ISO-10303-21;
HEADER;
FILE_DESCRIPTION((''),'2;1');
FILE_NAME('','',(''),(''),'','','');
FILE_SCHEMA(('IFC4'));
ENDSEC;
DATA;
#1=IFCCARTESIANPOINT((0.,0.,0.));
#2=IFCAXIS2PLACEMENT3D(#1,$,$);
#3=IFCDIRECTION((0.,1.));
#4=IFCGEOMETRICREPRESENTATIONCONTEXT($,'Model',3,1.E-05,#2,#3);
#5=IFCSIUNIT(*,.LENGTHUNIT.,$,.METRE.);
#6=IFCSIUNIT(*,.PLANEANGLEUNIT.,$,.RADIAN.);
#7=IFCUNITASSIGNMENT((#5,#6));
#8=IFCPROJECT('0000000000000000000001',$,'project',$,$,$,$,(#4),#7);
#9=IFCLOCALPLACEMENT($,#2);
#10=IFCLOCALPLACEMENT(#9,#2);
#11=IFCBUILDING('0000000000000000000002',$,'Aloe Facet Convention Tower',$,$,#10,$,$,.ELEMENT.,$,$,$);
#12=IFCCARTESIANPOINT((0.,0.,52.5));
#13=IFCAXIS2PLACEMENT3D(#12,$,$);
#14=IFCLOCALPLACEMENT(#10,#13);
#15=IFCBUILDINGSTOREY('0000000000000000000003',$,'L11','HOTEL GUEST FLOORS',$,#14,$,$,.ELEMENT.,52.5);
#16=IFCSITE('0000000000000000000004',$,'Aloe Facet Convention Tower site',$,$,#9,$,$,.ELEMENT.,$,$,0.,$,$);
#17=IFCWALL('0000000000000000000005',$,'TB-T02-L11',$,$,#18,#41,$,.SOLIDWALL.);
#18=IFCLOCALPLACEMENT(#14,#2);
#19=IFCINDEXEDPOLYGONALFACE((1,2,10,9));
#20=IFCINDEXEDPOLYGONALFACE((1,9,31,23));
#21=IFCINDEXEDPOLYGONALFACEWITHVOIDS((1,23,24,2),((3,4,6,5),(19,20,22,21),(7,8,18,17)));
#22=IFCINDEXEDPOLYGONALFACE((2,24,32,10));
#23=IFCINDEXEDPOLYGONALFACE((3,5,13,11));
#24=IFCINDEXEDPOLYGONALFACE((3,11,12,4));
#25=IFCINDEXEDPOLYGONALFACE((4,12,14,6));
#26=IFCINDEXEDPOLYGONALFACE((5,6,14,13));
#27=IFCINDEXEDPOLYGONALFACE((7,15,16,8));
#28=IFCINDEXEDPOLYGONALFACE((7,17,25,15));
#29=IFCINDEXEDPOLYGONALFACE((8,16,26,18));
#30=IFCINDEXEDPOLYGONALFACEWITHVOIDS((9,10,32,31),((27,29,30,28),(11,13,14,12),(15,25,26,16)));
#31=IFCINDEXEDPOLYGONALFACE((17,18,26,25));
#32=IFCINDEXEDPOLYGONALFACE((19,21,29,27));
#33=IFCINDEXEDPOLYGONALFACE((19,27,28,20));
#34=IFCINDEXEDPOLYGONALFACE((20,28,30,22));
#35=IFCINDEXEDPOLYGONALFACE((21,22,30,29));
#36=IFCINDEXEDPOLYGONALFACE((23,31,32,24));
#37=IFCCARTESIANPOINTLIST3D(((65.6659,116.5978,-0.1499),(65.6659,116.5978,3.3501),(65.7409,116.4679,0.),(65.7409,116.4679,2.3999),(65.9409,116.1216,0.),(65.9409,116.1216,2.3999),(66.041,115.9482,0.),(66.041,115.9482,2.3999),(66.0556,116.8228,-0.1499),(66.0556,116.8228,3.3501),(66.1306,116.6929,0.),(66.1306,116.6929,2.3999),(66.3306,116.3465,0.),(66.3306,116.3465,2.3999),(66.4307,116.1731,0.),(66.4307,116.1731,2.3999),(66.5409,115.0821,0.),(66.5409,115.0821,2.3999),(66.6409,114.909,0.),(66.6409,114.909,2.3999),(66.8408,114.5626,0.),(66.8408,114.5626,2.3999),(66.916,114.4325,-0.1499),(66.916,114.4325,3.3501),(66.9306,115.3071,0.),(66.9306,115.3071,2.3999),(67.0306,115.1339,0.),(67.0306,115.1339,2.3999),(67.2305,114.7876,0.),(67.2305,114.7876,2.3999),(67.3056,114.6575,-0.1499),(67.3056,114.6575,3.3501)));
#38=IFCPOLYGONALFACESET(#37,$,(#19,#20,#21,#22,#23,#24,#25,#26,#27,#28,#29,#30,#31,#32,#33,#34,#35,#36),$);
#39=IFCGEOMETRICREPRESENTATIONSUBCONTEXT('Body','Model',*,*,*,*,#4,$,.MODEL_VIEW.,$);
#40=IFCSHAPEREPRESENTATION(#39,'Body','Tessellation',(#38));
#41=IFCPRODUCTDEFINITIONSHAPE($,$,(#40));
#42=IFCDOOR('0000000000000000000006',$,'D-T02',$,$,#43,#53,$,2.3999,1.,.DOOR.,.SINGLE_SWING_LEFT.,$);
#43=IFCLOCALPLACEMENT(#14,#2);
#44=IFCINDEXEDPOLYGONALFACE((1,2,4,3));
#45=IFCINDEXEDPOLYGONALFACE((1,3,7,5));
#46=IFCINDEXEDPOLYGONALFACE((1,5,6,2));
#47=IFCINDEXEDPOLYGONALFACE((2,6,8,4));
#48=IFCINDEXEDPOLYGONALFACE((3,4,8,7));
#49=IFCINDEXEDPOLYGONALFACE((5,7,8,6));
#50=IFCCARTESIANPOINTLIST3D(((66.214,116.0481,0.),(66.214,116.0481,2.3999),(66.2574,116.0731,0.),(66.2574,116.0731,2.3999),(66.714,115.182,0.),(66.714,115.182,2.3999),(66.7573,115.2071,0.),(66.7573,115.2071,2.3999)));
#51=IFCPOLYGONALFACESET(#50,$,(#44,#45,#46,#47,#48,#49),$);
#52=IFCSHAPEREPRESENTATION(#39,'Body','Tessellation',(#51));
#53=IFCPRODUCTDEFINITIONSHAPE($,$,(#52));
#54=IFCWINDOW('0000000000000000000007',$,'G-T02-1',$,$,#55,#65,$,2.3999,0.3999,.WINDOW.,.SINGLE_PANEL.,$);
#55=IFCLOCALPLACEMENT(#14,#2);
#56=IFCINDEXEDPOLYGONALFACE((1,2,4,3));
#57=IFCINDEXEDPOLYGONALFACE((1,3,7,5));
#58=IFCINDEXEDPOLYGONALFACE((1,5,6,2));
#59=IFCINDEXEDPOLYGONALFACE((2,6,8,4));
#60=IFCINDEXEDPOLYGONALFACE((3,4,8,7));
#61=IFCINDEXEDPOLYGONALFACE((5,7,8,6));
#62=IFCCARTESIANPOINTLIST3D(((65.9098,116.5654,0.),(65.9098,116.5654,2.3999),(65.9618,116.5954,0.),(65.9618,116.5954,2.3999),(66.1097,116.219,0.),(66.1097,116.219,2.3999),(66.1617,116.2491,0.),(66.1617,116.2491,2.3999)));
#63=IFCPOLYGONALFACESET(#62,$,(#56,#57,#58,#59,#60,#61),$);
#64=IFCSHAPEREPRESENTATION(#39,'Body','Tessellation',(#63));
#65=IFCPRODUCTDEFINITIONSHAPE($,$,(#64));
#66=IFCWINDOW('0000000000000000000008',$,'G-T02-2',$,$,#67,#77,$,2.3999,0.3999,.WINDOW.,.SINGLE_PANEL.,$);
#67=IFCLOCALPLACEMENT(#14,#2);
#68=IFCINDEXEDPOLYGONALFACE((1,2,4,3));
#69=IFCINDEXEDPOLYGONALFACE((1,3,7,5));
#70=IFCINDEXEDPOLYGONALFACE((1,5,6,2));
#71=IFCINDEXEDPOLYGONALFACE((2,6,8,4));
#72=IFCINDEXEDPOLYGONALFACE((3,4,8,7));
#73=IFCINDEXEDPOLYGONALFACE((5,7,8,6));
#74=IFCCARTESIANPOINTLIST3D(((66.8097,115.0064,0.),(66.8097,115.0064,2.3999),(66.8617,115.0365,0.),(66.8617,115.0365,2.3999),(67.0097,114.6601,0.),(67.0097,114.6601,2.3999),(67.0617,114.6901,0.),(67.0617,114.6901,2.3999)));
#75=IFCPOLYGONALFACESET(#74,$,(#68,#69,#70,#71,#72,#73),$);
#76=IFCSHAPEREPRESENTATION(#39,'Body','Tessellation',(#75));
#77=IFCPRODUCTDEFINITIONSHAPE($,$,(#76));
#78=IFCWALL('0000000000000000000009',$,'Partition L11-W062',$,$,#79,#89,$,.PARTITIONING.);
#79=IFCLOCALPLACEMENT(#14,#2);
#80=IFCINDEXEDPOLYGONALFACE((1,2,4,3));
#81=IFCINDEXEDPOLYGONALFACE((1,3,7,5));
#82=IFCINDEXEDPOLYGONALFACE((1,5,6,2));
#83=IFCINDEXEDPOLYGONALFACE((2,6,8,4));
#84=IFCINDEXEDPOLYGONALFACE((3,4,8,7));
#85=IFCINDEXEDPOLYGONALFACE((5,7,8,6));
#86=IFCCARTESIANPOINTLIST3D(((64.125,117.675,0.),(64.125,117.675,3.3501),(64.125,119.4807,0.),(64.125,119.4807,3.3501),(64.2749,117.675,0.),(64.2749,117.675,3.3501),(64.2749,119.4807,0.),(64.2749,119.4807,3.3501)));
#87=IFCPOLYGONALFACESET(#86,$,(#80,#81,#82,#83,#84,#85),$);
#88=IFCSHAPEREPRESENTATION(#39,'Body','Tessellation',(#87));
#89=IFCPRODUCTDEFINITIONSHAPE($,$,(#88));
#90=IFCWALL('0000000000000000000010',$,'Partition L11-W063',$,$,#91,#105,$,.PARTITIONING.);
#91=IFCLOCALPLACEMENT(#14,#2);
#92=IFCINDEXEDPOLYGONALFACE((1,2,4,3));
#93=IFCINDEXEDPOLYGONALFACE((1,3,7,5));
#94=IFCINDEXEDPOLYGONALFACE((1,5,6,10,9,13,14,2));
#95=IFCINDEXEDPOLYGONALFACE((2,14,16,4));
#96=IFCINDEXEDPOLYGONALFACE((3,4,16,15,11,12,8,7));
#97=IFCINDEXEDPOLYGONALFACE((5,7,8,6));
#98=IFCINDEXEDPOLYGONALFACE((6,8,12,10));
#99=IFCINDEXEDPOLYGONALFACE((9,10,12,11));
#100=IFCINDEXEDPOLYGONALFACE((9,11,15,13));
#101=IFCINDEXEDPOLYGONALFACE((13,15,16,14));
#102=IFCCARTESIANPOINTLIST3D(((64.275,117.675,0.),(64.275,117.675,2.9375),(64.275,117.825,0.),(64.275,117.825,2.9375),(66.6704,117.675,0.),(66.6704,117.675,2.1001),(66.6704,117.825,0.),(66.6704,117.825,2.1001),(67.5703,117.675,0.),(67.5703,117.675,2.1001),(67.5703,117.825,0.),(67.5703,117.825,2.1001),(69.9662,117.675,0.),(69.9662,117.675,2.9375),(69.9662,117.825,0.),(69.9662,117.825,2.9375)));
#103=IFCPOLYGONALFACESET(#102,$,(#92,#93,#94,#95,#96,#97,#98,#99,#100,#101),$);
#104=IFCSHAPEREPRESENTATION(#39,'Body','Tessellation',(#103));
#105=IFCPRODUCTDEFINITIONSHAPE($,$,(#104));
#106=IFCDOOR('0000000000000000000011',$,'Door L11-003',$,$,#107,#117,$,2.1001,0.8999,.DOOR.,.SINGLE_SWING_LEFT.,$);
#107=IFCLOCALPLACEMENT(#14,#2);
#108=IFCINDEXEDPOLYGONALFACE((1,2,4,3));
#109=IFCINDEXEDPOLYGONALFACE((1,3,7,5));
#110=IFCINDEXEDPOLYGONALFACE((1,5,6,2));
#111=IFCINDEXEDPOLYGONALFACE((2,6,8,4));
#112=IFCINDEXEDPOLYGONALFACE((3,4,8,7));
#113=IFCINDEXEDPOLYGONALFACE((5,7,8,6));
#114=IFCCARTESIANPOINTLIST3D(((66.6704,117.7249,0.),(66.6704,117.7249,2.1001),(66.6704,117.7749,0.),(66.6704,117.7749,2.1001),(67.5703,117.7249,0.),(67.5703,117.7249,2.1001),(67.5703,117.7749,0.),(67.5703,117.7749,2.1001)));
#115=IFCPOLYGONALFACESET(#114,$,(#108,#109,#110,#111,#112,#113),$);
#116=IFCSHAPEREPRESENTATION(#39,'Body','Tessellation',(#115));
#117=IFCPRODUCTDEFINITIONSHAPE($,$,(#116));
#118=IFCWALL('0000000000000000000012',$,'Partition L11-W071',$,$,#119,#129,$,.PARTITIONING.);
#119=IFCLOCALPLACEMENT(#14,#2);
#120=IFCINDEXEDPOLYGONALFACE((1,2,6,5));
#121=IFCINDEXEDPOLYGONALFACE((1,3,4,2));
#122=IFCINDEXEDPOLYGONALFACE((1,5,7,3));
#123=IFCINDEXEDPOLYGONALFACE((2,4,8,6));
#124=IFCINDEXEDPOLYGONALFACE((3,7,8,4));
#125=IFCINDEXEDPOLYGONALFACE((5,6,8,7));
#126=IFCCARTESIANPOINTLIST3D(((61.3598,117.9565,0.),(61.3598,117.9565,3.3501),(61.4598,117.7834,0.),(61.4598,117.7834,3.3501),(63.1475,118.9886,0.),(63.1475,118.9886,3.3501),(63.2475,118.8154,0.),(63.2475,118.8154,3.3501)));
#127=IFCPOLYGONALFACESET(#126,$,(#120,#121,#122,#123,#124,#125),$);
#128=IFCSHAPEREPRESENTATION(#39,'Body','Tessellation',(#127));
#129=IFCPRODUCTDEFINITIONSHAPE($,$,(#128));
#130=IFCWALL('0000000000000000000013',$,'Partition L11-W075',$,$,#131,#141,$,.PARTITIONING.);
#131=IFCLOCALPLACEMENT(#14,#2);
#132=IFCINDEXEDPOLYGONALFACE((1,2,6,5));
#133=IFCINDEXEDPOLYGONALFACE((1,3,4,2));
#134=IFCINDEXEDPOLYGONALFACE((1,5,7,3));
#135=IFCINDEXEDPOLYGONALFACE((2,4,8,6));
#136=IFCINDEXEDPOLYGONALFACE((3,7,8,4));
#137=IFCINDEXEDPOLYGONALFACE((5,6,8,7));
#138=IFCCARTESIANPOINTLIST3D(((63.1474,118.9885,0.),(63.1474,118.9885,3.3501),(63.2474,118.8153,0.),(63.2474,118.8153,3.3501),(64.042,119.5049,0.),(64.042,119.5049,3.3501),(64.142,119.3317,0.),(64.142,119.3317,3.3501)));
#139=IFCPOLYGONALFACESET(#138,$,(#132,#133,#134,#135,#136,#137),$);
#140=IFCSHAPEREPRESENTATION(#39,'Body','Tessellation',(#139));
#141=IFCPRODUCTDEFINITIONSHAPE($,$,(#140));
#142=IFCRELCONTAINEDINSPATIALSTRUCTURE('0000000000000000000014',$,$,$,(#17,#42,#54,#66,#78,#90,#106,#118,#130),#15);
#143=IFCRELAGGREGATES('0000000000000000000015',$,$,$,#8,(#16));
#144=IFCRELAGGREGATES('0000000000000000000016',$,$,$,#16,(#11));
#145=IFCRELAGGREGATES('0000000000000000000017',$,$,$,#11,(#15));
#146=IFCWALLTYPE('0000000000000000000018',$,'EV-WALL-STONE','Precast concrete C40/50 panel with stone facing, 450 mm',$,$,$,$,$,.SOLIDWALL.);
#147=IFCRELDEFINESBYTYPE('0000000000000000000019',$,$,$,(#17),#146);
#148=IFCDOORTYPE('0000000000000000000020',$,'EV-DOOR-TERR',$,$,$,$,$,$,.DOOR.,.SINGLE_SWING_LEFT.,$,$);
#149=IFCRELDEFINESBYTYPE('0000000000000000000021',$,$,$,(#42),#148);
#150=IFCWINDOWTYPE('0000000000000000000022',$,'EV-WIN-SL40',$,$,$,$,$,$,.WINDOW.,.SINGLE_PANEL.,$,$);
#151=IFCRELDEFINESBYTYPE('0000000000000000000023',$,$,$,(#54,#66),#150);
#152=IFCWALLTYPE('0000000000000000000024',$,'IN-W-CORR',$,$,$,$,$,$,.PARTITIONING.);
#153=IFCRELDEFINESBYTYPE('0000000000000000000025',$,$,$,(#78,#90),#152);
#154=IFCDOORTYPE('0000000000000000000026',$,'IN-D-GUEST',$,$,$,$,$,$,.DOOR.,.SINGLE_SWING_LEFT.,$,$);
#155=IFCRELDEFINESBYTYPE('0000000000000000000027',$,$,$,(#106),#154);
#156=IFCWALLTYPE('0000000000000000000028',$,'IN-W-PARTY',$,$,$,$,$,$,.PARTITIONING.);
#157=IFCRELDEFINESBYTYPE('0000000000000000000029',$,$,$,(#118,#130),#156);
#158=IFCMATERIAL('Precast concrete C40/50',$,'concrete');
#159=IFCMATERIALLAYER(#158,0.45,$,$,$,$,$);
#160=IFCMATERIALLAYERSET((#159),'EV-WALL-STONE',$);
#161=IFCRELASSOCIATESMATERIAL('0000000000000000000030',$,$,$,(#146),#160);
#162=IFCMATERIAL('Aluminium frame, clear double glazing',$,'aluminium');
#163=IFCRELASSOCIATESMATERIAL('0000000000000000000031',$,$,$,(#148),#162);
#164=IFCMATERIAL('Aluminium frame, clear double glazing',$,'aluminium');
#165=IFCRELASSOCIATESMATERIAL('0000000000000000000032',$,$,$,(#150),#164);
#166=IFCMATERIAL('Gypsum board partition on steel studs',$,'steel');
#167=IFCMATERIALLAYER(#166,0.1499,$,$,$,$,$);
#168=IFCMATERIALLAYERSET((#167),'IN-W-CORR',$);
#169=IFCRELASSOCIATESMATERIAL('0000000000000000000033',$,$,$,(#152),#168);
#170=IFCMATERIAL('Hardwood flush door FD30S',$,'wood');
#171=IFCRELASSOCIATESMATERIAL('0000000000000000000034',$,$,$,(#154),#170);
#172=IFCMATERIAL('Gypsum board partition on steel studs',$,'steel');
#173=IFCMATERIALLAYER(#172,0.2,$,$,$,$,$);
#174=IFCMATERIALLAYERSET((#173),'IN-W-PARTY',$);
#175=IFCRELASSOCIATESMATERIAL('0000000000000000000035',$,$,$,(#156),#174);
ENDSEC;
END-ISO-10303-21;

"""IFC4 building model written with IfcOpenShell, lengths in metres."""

from ifc_helpers import new_model, si_unit, direction, frame, frame_2d, origin, place, context, subcontext, project, spatial, rectangle, extrude, material, layer, layer_set, type_object, element, fill, save


model = new_model("IFC4")

# Units and contexts
model_context = context("Model", 3, precision=1e-05, world=origin(), true_north=direction((0.0, 1.0)))
body_context = subcontext(model_context, "Body", "Model", "MODEL_VIEW")
ifc_project = project(units=[si_unit("LENGTHUNIT", "METRE"), si_unit("PLANEANGLEUNIT", "RADIAN")], contexts=[model_context])

# Site, building, storey
site_placement = place(None, origin())
site = spatial("IfcSite", under=ifc_project, at=site_placement, Name="Aloe Facet Convention Tower site", CompositionType="ELEMENT", RefElevation=0.0)
building_placement = place(site_placement, origin())
building = spatial("IfcBuilding", under=site, at=building_placement, Name="Aloe Facet Convention Tower", CompositionType="ELEMENT")
storey_placement = place(building_placement, frame((0.0, 0.0, 52.5)))
storey = spatial("IfcBuildingStorey", under=building, at=storey_placement, Name="L11", Description="HOTEL GUEST FLOORS", CompositionType="ELEMENT", Elevation=52.5)

# Shared definitions
ifc_material_1 = material(Name="Precast concrete C40/50", Category="concrete")
ifc_layer_1 = layer(ifc_material_1, 0.45)
ifc_layer_set_1 = layer_set([ifc_layer_1], Name="EV-WALL-STONE")
wall_type_1 = type_object("IfcWallType", Name="EV-WALL-STONE", Description="Precast concrete C40/50 panel with stone facing, 450 mm", PredefinedType="SOLIDWALL", material=ifc_layer_set_1)

# Wall, openings, door, windows
wall_1_placement = place(storey_placement, frame((65.8608, 116.7102, -0.1499), z_axis=(0.0, 0.0, 1.0), x_axis=(0.499962, -0.866047, 0.0)))
wall_1 = element("IfcWall", 1, at=wall_1_placement, inside=storey, type_object=wall_type_1, Name="TB-T02-L11", PredefinedType="SOLIDWALL", context=body_context, shape_type="SweptSolid", body=[
    extrude(rectangle(XDim=2.5002, YDim=0.45, at=frame_2d((1.25, 0.0))), origin(), (0.0, 0.0, 1.0), 3.5),
])
opening_1_placement = place(wall_1_placement, frame((0.75, 0.0, 0.1499)))
opening_1 = element("IfcOpeningElement", 2, at=opening_1_placement, cuts=wall_1, PredefinedType="OPENING", context=body_context, shape_type="SweptSolid", body=[
    extrude(rectangle(XDim=1.0, YDim=2.3999, at=frame_2d((0.5, 1.2))), frame((0.0, 0.2349, 0.0), z_axis=(0.0, -1.0, 0.0), x_axis=(1.0, 0.0, 0.0)), (0.0, 0.0, 1.0), 0.47),
])
opening_2_placement = place(wall_1_placement, frame((0.1499, 0.0, 0.1499)))
opening_2 = element("IfcOpeningElement", 3, at=opening_2_placement, cuts=wall_1, PredefinedType="OPENING", context=body_context, shape_type="SweptSolid", body=[
    extrude(rectangle(XDim=0.3999, YDim=2.3999, at=frame_2d((0.2, 1.2))), frame((0.0, 0.2349, 0.0), z_axis=(0.0, -1.0, 0.0), x_axis=(1.0, 0.0, 0.0)), (0.0, 0.0, 1.0), 0.47),
])
opening_3_placement = place(wall_1_placement, frame((1.95, 0.0, 0.1499)))
opening_3 = element("IfcOpeningElement", 4, at=opening_3_placement, cuts=wall_1, PredefinedType="OPENING", context=body_context, shape_type="SweptSolid", body=[
    extrude(rectangle(XDim=0.3999, YDim=2.3999, at=frame_2d((0.2, 1.2))), frame((0.0, 0.2349, 0.0), z_axis=(0.0, -1.0, 0.0), x_axis=(1.0, 0.0, 0.0)), (0.0, 0.0, 1.0), 0.47),
])
ifc_material_2 = material(Name="Aluminium frame, clear double glazing", Category="aluminium")
door_type_1 = type_object("IfcDoorType", Name="EV-DOOR-TERR", OperationType="SINGLE_SWING_LEFT", PredefinedType="DOOR", material=ifc_material_2)
door_1_placement = place(opening_1_placement, origin())
door_1 = element("IfcDoor", 5, at=door_1_placement, inside=storey, type_object=door_type_1, Name="D-T02", OperationType="SINGLE_SWING_LEFT", OverallHeight=2.3999, OverallWidth=1.0, PredefinedType="DOOR", context=body_context, shape_type="SweptSolid", body=[
    extrude(rectangle(XDim=1.0, YDim=2.3999, at=frame_2d((0.5, 1.2))), frame((0.0, 0.0249, 0.0), z_axis=(0.0, -1.0, 0.0), x_axis=(1.0, 0.0, 0.0)), (0.0, 0.0, 1.0), 0.05),
])
fill(opening_1, door_1)
ifc_material_3 = material(Name="Aluminium frame, clear double glazing", Category="aluminium")
window_type_1 = type_object("IfcWindowType", Name="EV-WIN-SL40", PartitioningType="SINGLE_PANEL", PredefinedType="WINDOW", material=ifc_material_3)
window_1_placement = place(opening_2_placement, origin())
window_1 = element("IfcWindow", 6, at=window_1_placement, inside=storey, type_object=window_type_1, Name="G-T02-1", OverallHeight=2.3999, OverallWidth=0.3999, PartitioningType="SINGLE_PANEL", PredefinedType="WINDOW", context=body_context, shape_type="SweptSolid", body=[
    extrude(rectangle(XDim=0.3999, YDim=2.3999, at=frame_2d((0.2, 1.2))), frame((0.0, 0.03, 0.0), z_axis=(0.0, -1.0, 0.0), x_axis=(1.0, 0.0, 0.0)), (0.0, 0.0, 1.0), 0.0601),
])
fill(opening_2, window_1)
window_2_placement = place(opening_3_placement, origin())
window_2 = element("IfcWindow", 7, at=window_2_placement, inside=storey, type_object=window_type_1, Name="G-T02-2", OverallHeight=2.3999, OverallWidth=0.3999, PartitioningType="SINGLE_PANEL", PredefinedType="WINDOW", context=body_context, shape_type="SweptSolid", body=[
    extrude(rectangle(XDim=0.3999, YDim=2.3999, at=frame_2d((0.2, 1.2))), frame((0.0, 0.03, 0.0), z_axis=(0.0, -1.0, 0.0), x_axis=(1.0, 0.0, 0.0)), (0.0, 0.0, 1.0), 0.0601),
])
fill(opening_3, window_2)

# Wall
ifc_material_4 = material(Name="Gypsum board partition on steel studs", Category="steel")
ifc_layer_2 = layer(ifc_material_4, 0.1499)
ifc_layer_set_2 = layer_set([ifc_layer_2], Name="IN-W-CORR")
wall_type_2 = type_object("IfcWallType", Name="IN-W-CORR", PredefinedType="PARTITIONING", material=ifc_layer_set_2)
wall_2_placement = place(storey_placement, frame((64.2, 117.675, 0.0), z_axis=(0.0, 0.0, 1.0), x_axis=(0.0, 1.0, 0.0)))
element("IfcWall", 8, at=wall_2_placement, inside=storey, type_object=wall_type_2, Name="Partition L11-W062", PredefinedType="PARTITIONING", context=body_context, shape_type="SweptSolid", body=[
    extrude(rectangle(XDim=1.8057, YDim=0.1499, at=frame_2d((0.9028, 0.0))), origin(), (0.0, 0.0, 1.0), 3.3501),
])

# Wall, opening, door
wall_3_placement = place(storey_placement, frame((64.2749, 117.75, 0.0), z_axis=(0.0, 0.0, 1.0), x_axis=(1.0, 0.0, 0.0)))
wall_3 = element("IfcWall", 9, at=wall_3_placement, inside=storey, type_object=wall_type_2, Name="Partition L11-W063", PredefinedType="PARTITIONING", context=body_context, shape_type="SweptSolid", body=[
    extrude(rectangle(XDim=5.6912, YDim=0.1499, at=frame_2d((2.8457, 0.0))), origin(), (0.0, 0.0, 1.0), 2.9375),
])
opening_4_placement = place(wall_3_placement, frame((2.3955, 0.0, 0.0)))
opening_4 = element("IfcOpeningElement", 10, at=opening_4_placement, cuts=wall_3, PredefinedType="OPENING", context=body_context, shape_type="SweptSolid", body=[
    extrude(rectangle(XDim=0.8999, YDim=2.1001, at=frame_2d((0.45, 1.05))), frame((0.0, 0.085, 0.0), z_axis=(0.0, -1.0, 0.0), x_axis=(1.0, 0.0, 0.0)), (0.0, 0.0, 1.0), 0.1699),
])
ifc_material_5 = material(Name="Hardwood flush door FD30S", Category="wood")
door_type_2 = type_object("IfcDoorType", Name="IN-D-GUEST", OperationType="SINGLE_SWING_LEFT", PredefinedType="DOOR", material=ifc_material_5)
door_2_placement = place(opening_4_placement, origin())
door_2 = element("IfcDoor", 11, at=door_2_placement, inside=storey, type_object=door_type_2, Name="Door L11-003", OperationType="SINGLE_SWING_LEFT", OverallHeight=2.1001, OverallWidth=0.8999, PredefinedType="DOOR", context=body_context, shape_type="SweptSolid", body=[
    extrude(rectangle(XDim=0.8999, YDim=2.1001, at=frame_2d((0.45, 1.05))), frame((0.0, 0.0249, 0.0), z_axis=(0.0, -1.0, 0.0), x_axis=(1.0, 0.0, 0.0)), (0.0, 0.0, 1.0), 0.05),
])
fill(opening_4, door_2)

# Walls
ifc_material_6 = material(Name="Gypsum board partition on steel studs", Category="steel")
ifc_layer_3 = layer(ifc_material_6, 0.2)
ifc_layer_set_3 = layer_set([ifc_layer_3], Name="IN-W-PARTY")
wall_type_3 = type_object("IfcWallType", Name="IN-W-PARTY", PredefinedType="PARTITIONING", material=ifc_layer_set_3)
wall_4_placement = place(storey_placement, frame((61.4097, 117.8699, 0.0), z_axis=(0.0, 0.0, 1.0), x_axis=(0.866044, 0.499968, 0.0)))
element("IfcWall", 12, at=wall_4_placement, inside=storey, type_object=wall_type_3, Name="Partition L11-W071", PredefinedType="PARTITIONING", context=body_context, shape_type="SweptSolid", body=[
    extrude(rectangle(XDim=2.0642, YDim=0.2, at=frame_2d((1.0322, 0.0))), origin(), (0.0, 0.0, 1.0), 3.3501),
])
wall_5_placement = place(storey_placement, frame((63.1973, 118.9019, 0.0), z_axis=(0.0, 0.0, 1.0), x_axis=(0.866068, 0.499927, 0.0)))
element("IfcWall", 13, at=wall_5_placement, inside=storey, type_object=wall_type_3, Name="Partition L11-W075", PredefinedType="PARTITIONING", context=body_context, shape_type="SweptSolid", body=[
    extrude(rectangle(XDim=1.033, YDim=0.2, at=frame_2d((0.5166, 0.0))), origin(), (0.0, 0.0, 1.0), 3.3501),
])

save(model, "model.ifc")
